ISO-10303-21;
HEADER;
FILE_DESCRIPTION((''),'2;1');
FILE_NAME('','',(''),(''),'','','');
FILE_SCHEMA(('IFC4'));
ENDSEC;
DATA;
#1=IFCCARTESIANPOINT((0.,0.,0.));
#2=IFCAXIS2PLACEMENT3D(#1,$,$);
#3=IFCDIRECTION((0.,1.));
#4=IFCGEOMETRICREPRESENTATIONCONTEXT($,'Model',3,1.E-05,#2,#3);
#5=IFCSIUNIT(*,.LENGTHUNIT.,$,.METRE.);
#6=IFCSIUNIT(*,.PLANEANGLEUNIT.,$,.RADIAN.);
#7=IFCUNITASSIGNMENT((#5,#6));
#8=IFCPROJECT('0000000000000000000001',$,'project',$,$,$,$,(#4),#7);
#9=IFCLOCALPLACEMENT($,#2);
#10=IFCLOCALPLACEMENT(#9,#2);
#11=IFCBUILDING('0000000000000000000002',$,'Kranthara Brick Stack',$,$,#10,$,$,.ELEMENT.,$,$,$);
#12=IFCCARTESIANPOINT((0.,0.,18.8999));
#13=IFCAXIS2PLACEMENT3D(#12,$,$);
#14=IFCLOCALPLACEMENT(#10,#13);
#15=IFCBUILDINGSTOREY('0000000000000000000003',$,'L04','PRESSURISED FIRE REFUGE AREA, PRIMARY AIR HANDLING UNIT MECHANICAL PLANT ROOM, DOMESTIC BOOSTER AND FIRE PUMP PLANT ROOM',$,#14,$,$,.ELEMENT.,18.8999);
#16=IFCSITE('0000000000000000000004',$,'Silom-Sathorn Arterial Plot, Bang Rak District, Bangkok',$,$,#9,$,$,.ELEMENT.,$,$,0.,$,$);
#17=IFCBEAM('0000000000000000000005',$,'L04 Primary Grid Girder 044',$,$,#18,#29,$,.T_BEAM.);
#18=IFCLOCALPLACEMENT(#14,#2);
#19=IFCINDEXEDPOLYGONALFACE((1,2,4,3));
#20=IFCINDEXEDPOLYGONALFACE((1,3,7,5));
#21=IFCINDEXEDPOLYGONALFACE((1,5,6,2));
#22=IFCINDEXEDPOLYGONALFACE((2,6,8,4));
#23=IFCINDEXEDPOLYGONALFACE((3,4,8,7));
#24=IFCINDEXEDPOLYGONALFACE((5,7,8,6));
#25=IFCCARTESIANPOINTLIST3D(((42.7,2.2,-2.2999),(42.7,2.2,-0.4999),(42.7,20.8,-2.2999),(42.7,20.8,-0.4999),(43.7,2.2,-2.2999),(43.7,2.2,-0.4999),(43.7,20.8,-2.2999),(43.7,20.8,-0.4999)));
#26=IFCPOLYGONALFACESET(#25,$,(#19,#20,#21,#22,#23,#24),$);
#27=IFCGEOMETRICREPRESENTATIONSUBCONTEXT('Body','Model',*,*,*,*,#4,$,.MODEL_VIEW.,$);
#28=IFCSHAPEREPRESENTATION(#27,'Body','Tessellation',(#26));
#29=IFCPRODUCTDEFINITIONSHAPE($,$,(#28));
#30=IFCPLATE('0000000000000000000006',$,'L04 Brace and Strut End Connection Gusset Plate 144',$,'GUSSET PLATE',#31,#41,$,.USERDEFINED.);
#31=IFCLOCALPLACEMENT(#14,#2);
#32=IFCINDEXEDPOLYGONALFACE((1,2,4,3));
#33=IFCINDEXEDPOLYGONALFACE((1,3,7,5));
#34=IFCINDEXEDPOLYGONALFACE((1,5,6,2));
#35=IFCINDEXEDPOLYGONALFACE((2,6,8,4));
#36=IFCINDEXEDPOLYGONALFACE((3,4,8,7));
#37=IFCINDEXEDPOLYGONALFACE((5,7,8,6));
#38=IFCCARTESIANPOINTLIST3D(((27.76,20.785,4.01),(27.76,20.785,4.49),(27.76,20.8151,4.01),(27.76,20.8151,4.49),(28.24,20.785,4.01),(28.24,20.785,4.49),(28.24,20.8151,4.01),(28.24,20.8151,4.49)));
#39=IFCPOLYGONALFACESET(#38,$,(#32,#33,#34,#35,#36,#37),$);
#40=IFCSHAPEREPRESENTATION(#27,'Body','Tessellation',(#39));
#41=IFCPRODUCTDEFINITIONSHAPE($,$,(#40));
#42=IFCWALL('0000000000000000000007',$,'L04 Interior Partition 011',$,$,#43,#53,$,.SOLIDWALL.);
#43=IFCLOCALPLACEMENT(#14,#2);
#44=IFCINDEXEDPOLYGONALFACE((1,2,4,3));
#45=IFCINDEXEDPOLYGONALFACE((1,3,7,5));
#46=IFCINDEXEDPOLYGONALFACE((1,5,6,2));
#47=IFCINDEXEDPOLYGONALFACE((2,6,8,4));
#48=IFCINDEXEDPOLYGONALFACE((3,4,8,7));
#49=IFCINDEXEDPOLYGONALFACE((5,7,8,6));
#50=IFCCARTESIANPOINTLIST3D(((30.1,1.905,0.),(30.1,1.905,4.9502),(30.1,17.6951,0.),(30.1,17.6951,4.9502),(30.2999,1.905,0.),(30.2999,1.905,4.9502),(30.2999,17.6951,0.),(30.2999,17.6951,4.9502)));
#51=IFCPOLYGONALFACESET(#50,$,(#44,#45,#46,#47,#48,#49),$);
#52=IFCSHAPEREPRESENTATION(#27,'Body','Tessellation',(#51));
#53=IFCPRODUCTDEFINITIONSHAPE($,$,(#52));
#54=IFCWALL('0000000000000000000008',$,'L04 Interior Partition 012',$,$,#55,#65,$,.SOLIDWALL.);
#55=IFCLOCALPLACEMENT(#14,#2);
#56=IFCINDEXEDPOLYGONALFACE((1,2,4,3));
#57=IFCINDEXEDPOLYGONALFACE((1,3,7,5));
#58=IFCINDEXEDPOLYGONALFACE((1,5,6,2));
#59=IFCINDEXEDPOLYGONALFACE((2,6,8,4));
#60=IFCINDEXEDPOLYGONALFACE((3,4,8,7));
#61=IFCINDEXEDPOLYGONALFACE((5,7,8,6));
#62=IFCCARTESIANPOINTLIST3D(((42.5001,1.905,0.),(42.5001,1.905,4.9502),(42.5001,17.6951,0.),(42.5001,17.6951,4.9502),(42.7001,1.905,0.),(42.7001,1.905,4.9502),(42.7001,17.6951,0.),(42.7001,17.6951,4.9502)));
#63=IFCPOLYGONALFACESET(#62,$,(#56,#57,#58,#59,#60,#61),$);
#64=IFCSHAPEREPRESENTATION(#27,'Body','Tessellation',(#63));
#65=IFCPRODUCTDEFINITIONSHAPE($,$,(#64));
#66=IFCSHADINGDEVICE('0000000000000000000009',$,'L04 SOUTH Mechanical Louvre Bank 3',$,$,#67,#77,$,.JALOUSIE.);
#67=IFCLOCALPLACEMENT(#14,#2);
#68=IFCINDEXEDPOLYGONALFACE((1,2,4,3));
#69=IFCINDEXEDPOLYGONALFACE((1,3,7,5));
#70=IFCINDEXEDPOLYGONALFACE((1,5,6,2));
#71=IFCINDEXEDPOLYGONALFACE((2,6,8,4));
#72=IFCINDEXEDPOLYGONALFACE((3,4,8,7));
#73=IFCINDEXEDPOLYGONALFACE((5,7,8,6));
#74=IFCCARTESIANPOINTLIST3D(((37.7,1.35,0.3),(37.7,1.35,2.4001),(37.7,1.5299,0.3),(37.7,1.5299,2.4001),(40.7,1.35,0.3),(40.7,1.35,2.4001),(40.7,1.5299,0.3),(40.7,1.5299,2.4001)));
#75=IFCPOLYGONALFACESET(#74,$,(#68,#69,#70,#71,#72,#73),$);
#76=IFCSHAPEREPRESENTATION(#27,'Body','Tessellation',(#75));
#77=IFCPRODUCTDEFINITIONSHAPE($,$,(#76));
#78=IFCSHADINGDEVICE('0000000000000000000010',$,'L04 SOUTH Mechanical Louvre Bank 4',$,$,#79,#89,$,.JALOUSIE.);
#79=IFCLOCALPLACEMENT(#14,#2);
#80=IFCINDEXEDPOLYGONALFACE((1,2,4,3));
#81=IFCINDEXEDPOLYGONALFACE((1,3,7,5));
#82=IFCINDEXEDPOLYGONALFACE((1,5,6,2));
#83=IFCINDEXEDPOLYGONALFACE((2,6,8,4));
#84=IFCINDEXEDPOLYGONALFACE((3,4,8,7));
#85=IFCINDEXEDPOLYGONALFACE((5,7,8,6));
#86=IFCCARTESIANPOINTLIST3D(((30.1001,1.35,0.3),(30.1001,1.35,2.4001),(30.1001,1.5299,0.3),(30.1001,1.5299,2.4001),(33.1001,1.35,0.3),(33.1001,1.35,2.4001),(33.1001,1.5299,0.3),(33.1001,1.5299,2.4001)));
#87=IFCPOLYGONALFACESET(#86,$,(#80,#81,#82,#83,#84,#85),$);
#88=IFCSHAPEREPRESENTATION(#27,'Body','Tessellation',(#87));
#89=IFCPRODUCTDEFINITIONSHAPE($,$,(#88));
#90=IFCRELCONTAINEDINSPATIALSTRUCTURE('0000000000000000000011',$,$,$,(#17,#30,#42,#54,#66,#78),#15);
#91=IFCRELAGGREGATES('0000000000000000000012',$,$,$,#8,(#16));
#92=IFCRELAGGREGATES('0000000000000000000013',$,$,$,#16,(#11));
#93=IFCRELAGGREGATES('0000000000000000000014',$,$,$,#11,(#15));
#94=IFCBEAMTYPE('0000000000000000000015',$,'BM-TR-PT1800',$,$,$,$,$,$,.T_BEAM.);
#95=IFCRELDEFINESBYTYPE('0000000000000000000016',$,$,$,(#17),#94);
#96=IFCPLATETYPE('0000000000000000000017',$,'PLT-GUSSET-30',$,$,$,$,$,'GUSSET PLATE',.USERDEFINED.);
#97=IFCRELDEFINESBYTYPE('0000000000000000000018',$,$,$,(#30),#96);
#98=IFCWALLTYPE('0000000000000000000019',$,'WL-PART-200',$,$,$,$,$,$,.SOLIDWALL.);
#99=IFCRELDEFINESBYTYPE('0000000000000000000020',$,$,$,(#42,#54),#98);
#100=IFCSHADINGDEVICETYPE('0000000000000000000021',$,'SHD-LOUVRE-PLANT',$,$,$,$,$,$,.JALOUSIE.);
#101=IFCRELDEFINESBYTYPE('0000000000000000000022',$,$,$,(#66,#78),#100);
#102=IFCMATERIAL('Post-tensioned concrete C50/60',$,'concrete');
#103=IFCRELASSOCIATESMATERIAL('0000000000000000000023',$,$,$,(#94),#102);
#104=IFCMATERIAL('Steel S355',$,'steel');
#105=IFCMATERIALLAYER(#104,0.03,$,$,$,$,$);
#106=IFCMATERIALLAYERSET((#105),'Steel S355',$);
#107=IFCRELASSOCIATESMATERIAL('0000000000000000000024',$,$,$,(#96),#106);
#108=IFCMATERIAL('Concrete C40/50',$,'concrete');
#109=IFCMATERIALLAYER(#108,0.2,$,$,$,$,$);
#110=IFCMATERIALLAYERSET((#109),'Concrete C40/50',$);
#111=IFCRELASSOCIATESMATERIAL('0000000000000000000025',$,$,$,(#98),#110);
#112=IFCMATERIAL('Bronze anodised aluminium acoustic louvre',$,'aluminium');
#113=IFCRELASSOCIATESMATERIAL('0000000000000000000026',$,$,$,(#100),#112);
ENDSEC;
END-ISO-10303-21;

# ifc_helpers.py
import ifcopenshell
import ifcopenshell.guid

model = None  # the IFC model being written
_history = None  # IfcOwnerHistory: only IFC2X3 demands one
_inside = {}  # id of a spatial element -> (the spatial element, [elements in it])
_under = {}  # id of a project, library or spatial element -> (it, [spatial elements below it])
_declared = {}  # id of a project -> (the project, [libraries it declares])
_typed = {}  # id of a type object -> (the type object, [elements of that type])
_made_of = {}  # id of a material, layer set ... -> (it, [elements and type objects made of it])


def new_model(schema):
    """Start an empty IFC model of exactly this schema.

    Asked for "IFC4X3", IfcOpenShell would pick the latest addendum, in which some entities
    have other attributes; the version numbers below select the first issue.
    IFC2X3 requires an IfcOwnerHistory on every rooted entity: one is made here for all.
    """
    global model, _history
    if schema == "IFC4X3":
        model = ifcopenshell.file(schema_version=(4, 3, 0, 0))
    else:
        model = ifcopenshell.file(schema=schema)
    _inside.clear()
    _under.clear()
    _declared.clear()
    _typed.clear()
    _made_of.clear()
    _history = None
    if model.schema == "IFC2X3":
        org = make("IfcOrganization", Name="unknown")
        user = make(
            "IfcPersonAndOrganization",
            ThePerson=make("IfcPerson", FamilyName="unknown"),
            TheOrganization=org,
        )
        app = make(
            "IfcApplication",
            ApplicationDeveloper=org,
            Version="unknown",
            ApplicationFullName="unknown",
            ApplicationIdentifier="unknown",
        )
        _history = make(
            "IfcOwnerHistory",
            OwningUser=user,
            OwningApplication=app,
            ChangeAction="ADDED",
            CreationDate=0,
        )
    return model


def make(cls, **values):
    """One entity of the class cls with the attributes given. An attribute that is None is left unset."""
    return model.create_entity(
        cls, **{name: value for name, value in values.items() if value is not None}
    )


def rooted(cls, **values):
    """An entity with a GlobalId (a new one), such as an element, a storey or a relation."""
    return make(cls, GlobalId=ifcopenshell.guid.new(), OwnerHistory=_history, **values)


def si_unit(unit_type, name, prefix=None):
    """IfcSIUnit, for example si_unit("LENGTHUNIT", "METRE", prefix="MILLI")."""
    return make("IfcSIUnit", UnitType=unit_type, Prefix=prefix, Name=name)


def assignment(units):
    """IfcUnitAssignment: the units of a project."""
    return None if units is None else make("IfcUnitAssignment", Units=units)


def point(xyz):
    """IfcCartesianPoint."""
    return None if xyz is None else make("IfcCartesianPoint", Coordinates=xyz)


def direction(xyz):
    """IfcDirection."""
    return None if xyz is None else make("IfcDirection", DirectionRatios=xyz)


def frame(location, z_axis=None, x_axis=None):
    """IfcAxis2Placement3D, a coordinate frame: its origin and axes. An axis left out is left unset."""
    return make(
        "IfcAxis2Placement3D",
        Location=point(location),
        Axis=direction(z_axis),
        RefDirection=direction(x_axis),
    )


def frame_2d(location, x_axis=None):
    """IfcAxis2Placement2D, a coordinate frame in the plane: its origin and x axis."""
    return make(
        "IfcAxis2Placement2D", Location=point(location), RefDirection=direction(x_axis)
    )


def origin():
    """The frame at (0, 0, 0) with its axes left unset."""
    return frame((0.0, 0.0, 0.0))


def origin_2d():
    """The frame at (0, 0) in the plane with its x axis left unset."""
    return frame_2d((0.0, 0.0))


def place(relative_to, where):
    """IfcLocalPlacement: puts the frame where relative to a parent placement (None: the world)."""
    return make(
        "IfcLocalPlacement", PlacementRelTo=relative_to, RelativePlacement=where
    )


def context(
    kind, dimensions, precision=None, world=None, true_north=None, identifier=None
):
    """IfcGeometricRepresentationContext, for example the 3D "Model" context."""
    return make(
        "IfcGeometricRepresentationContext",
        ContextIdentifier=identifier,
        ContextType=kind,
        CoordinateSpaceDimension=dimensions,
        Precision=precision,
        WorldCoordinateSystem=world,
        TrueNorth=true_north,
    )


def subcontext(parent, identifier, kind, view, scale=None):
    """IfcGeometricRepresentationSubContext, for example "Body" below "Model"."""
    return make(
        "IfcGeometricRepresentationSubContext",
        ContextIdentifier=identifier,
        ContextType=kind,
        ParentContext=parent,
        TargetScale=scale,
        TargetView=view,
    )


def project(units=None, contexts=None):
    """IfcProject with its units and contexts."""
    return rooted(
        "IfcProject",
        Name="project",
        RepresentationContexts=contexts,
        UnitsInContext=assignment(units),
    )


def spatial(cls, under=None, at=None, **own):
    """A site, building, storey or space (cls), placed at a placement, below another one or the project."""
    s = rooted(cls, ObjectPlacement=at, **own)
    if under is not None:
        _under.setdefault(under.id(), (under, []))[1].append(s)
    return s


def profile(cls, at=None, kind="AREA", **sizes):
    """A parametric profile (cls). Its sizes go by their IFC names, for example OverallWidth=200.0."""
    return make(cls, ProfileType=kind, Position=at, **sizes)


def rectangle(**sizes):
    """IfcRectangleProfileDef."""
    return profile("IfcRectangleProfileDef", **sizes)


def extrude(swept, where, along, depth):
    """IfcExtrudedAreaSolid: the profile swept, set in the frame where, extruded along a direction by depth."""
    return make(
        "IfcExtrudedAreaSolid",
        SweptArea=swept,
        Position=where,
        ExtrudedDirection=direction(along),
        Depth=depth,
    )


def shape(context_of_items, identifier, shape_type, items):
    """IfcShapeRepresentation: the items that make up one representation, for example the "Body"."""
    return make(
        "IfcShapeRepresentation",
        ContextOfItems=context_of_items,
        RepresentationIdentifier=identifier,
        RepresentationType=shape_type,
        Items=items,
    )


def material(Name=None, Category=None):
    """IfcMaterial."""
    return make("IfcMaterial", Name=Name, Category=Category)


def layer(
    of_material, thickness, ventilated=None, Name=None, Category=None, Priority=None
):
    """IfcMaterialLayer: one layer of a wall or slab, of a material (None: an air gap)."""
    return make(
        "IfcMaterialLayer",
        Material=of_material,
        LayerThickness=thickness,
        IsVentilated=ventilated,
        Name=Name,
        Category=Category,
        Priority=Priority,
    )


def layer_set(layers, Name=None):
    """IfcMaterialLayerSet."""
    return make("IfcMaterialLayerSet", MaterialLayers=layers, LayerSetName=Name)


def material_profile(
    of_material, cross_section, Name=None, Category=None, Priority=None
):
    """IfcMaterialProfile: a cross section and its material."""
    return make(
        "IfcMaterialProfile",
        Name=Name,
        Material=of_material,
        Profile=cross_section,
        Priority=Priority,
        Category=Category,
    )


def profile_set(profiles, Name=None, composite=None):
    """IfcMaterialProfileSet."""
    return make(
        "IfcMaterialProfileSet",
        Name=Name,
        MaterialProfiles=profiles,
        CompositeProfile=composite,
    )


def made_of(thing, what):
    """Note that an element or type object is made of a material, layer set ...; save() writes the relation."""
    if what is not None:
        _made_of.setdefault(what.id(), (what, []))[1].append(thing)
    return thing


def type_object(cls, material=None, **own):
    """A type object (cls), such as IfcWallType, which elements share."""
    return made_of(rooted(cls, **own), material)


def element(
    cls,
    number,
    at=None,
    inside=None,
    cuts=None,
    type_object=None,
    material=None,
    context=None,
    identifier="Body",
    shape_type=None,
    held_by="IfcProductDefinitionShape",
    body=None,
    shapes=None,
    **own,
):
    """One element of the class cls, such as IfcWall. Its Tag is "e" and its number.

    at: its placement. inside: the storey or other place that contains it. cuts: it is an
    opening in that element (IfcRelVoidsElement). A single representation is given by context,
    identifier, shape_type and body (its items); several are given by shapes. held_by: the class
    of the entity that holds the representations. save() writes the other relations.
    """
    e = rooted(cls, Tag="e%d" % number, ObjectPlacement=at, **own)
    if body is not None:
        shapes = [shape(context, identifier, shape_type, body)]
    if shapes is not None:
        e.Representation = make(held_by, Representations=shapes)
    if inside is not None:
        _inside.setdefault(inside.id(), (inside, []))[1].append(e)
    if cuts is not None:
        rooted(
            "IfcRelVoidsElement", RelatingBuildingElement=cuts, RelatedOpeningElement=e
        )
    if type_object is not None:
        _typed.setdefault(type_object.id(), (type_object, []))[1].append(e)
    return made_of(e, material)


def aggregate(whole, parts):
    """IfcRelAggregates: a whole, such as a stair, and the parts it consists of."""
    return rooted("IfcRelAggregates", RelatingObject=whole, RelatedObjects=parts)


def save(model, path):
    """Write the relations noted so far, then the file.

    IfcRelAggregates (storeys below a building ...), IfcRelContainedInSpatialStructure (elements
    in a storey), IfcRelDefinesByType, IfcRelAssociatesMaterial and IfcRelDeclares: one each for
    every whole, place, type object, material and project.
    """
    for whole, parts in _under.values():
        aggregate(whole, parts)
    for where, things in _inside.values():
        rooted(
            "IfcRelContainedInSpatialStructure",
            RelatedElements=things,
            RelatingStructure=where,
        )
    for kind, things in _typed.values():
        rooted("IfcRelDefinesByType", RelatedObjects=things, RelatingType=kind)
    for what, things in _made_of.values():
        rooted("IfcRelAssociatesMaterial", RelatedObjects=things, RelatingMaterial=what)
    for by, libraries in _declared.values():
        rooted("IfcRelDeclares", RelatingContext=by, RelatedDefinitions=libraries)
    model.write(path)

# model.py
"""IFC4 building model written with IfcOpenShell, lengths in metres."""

from ifc_helpers import new_model, si_unit, direction, frame, frame_2d, origin, origin_2d, place, context, subcontext, project, spatial, rectangle, extrude, material, layer, layer_set, material_profile, profile_set, type_object, element, save


model = new_model("IFC4")

# Units and contexts
model_context = context("Model", 3, precision=1e-05, world=origin(), true_north=direction((0.0, 1.0)))
body_context = subcontext(model_context, "Body", "Model", "MODEL_VIEW")
ifc_project = project(units=[si_unit("LENGTHUNIT", "METRE"), si_unit("PLANEANGLEUNIT", "RADIAN")], contexts=[model_context])

# Site, building, storey
site_placement = place(None, origin())
site = spatial("IfcSite", under=ifc_project, at=site_placement, Name="Silom-Sathorn Arterial Plot, Bang Rak District, Bangkok", CompositionType="ELEMENT", RefElevation=0.0)
building_placement = place(site_placement, origin())
building = spatial("IfcBuilding", under=site, at=building_placement, Name="Kranthara Brick Stack", CompositionType="ELEMENT")
storey_placement = place(building_placement, frame((0.0, 0.0, 18.8999)))
storey = spatial("IfcBuildingStorey", under=building, at=storey_placement, Name="L04", Description="PRESSURISED FIRE REFUGE AREA, PRIMARY AIR HANDLING UNIT MECHANICAL PLANT ROOM, DOMESTIC BOOSTER AND FIRE PUMP PLANT ROOM", CompositionType="ELEMENT", Elevation=18.8999)

# Beam
ifc_material_1 = material(Name="Post-tensioned concrete C50/60", Category="concrete")
ifc_material_profile_1 = material_profile(ifc_material_1, rectangle(XDim=1.0, YDim=1.8, at=origin_2d()), Name="PT 1000x1800")
ifc_profile_set_1 = profile_set([ifc_material_profile_1], Name="Post-tensioned concrete C50/60")
beam_type_1 = type_object("IfcBeamType", Name="BM-TR-PT1800", PredefinedType="T_BEAM", material=ifc_profile_set_1)
for number, where, z_axis, x_axis, name in (
    (1, (43.2, 2.2, -1.3999), (0.0, 1.0, 0.0), (-1.0, 0.0, 0.0), "L04 Primary Grid Girder 044"),
):
    element("IfcBeam", number, at=place(storey_placement, frame(where, z_axis=z_axis, x_axis=x_axis)), inside=storey, type_object=beam_type_1, Name=name, PredefinedType="T_BEAM", context=body_context, shape_type="SweptSolid", body=[
        extrude(rectangle(XDim=1.0, YDim=1.8, at=origin_2d()), origin(), (0.0, 0.0, 1.0), 18.6001),
    ])

# Plate
ifc_material_2 = material(Name="Steel S355", Category="steel")
ifc_layer_1 = layer(ifc_material_2, 0.03)
ifc_layer_set_1 = layer_set([ifc_layer_1], Name="Steel S355")
plate_type = type_object("IfcPlateType", Name="PLT-GUSSET-30", ElementType="GUSSET PLATE", PredefinedType="USERDEFINED", material=ifc_layer_set_1)
plate_placement = place(storey_placement, frame((28.0, 20.8, 4.01), z_axis=(0.0, 0.0, 1.0), x_axis=(1.0, 0.0, 0.0)))
element("IfcPlate", 2, at=plate_placement, inside=storey, type_object=plate_type, Name="L04 Brace and Strut End Connection Gusset Plate 144", ObjectType="GUSSET PLATE", PredefinedType="USERDEFINED", context=body_context, shape_type="SweptSolid", body=[
    extrude(rectangle(XDim=0.48, YDim=0.03, at=origin_2d()), origin(), (0.0, 0.0, 1.0), 0.48),
])

# Walls
ifc_material_3 = material(Name="Concrete C40/50", Category="concrete")
ifc_layer_2 = layer(ifc_material_3, 0.2)
ifc_layer_set_2 = layer_set([ifc_layer_2], Name="Concrete C40/50")
wall_type = type_object("IfcWallType", Name="WL-PART-200", PredefinedType="SOLIDWALL", material=ifc_layer_set_2)
for number, where, z_axis, x_axis, name in (
    (3, (30.2, 1.905, 0.0), (0.0, 0.0, 1.0), (0.0, 1.0, 0.0), "L04 Interior Partition 011"),
    (4, (42.6001, 1.905, 0.0), (0.0, 0.0, 1.0), (0.0, 1.0, 0.0), "L04 Interior Partition 012"),
):
    element("IfcWall", number, at=place(storey_placement, frame(where, z_axis=z_axis, x_axis=x_axis)), inside=storey, type_object=wall_type, Name=name, PredefinedType="SOLIDWALL", context=body_context, shape_type="SweptSolid", body=[
        extrude(rectangle(XDim=15.79, YDim=0.2, at=frame_2d((7.895, 0.0))), origin(), (0.0, 0.0, 1.0), 4.9502),
    ])

# Shading devices
ifc_material_4 = material(Name="Bronze anodised aluminium acoustic louvre", Category="aluminium")
shading_device_type = type_object("IfcShadingDeviceType", Name="SHD-LOUVRE-PLANT", PredefinedType="JALOUSIE", material=ifc_material_4)
for number, where, z_axis, x_axis, name in (
    (5, (39.2, 1.4399, 0.3), (0.0, 0.0, 1.0), (-1.0, 0.0, 0.0), "L04 SOUTH Mechanical Louvre Bank 3"),
    (6, (31.6001, 1.4399, 0.3), (0.0, 0.0, 1.0), (-1.0, 0.0, 0.0), "L04 SOUTH Mechanical Louvre Bank 4"),
):
    element("IfcShadingDevice", number, at=place(storey_placement, frame(where, z_axis=z_axis, x_axis=x_axis)), inside=storey, type_object=shading_device_type, Name=name, PredefinedType="JALOUSIE", context=body_context, shape_type="SweptSolid", body=[
        extrude(rectangle(XDim=3.0, YDim=0.1799, at=origin_2d()), origin(), (0.0, 0.0, 1.0), 2.1001),
    ])

save(model, "model.ifc")
